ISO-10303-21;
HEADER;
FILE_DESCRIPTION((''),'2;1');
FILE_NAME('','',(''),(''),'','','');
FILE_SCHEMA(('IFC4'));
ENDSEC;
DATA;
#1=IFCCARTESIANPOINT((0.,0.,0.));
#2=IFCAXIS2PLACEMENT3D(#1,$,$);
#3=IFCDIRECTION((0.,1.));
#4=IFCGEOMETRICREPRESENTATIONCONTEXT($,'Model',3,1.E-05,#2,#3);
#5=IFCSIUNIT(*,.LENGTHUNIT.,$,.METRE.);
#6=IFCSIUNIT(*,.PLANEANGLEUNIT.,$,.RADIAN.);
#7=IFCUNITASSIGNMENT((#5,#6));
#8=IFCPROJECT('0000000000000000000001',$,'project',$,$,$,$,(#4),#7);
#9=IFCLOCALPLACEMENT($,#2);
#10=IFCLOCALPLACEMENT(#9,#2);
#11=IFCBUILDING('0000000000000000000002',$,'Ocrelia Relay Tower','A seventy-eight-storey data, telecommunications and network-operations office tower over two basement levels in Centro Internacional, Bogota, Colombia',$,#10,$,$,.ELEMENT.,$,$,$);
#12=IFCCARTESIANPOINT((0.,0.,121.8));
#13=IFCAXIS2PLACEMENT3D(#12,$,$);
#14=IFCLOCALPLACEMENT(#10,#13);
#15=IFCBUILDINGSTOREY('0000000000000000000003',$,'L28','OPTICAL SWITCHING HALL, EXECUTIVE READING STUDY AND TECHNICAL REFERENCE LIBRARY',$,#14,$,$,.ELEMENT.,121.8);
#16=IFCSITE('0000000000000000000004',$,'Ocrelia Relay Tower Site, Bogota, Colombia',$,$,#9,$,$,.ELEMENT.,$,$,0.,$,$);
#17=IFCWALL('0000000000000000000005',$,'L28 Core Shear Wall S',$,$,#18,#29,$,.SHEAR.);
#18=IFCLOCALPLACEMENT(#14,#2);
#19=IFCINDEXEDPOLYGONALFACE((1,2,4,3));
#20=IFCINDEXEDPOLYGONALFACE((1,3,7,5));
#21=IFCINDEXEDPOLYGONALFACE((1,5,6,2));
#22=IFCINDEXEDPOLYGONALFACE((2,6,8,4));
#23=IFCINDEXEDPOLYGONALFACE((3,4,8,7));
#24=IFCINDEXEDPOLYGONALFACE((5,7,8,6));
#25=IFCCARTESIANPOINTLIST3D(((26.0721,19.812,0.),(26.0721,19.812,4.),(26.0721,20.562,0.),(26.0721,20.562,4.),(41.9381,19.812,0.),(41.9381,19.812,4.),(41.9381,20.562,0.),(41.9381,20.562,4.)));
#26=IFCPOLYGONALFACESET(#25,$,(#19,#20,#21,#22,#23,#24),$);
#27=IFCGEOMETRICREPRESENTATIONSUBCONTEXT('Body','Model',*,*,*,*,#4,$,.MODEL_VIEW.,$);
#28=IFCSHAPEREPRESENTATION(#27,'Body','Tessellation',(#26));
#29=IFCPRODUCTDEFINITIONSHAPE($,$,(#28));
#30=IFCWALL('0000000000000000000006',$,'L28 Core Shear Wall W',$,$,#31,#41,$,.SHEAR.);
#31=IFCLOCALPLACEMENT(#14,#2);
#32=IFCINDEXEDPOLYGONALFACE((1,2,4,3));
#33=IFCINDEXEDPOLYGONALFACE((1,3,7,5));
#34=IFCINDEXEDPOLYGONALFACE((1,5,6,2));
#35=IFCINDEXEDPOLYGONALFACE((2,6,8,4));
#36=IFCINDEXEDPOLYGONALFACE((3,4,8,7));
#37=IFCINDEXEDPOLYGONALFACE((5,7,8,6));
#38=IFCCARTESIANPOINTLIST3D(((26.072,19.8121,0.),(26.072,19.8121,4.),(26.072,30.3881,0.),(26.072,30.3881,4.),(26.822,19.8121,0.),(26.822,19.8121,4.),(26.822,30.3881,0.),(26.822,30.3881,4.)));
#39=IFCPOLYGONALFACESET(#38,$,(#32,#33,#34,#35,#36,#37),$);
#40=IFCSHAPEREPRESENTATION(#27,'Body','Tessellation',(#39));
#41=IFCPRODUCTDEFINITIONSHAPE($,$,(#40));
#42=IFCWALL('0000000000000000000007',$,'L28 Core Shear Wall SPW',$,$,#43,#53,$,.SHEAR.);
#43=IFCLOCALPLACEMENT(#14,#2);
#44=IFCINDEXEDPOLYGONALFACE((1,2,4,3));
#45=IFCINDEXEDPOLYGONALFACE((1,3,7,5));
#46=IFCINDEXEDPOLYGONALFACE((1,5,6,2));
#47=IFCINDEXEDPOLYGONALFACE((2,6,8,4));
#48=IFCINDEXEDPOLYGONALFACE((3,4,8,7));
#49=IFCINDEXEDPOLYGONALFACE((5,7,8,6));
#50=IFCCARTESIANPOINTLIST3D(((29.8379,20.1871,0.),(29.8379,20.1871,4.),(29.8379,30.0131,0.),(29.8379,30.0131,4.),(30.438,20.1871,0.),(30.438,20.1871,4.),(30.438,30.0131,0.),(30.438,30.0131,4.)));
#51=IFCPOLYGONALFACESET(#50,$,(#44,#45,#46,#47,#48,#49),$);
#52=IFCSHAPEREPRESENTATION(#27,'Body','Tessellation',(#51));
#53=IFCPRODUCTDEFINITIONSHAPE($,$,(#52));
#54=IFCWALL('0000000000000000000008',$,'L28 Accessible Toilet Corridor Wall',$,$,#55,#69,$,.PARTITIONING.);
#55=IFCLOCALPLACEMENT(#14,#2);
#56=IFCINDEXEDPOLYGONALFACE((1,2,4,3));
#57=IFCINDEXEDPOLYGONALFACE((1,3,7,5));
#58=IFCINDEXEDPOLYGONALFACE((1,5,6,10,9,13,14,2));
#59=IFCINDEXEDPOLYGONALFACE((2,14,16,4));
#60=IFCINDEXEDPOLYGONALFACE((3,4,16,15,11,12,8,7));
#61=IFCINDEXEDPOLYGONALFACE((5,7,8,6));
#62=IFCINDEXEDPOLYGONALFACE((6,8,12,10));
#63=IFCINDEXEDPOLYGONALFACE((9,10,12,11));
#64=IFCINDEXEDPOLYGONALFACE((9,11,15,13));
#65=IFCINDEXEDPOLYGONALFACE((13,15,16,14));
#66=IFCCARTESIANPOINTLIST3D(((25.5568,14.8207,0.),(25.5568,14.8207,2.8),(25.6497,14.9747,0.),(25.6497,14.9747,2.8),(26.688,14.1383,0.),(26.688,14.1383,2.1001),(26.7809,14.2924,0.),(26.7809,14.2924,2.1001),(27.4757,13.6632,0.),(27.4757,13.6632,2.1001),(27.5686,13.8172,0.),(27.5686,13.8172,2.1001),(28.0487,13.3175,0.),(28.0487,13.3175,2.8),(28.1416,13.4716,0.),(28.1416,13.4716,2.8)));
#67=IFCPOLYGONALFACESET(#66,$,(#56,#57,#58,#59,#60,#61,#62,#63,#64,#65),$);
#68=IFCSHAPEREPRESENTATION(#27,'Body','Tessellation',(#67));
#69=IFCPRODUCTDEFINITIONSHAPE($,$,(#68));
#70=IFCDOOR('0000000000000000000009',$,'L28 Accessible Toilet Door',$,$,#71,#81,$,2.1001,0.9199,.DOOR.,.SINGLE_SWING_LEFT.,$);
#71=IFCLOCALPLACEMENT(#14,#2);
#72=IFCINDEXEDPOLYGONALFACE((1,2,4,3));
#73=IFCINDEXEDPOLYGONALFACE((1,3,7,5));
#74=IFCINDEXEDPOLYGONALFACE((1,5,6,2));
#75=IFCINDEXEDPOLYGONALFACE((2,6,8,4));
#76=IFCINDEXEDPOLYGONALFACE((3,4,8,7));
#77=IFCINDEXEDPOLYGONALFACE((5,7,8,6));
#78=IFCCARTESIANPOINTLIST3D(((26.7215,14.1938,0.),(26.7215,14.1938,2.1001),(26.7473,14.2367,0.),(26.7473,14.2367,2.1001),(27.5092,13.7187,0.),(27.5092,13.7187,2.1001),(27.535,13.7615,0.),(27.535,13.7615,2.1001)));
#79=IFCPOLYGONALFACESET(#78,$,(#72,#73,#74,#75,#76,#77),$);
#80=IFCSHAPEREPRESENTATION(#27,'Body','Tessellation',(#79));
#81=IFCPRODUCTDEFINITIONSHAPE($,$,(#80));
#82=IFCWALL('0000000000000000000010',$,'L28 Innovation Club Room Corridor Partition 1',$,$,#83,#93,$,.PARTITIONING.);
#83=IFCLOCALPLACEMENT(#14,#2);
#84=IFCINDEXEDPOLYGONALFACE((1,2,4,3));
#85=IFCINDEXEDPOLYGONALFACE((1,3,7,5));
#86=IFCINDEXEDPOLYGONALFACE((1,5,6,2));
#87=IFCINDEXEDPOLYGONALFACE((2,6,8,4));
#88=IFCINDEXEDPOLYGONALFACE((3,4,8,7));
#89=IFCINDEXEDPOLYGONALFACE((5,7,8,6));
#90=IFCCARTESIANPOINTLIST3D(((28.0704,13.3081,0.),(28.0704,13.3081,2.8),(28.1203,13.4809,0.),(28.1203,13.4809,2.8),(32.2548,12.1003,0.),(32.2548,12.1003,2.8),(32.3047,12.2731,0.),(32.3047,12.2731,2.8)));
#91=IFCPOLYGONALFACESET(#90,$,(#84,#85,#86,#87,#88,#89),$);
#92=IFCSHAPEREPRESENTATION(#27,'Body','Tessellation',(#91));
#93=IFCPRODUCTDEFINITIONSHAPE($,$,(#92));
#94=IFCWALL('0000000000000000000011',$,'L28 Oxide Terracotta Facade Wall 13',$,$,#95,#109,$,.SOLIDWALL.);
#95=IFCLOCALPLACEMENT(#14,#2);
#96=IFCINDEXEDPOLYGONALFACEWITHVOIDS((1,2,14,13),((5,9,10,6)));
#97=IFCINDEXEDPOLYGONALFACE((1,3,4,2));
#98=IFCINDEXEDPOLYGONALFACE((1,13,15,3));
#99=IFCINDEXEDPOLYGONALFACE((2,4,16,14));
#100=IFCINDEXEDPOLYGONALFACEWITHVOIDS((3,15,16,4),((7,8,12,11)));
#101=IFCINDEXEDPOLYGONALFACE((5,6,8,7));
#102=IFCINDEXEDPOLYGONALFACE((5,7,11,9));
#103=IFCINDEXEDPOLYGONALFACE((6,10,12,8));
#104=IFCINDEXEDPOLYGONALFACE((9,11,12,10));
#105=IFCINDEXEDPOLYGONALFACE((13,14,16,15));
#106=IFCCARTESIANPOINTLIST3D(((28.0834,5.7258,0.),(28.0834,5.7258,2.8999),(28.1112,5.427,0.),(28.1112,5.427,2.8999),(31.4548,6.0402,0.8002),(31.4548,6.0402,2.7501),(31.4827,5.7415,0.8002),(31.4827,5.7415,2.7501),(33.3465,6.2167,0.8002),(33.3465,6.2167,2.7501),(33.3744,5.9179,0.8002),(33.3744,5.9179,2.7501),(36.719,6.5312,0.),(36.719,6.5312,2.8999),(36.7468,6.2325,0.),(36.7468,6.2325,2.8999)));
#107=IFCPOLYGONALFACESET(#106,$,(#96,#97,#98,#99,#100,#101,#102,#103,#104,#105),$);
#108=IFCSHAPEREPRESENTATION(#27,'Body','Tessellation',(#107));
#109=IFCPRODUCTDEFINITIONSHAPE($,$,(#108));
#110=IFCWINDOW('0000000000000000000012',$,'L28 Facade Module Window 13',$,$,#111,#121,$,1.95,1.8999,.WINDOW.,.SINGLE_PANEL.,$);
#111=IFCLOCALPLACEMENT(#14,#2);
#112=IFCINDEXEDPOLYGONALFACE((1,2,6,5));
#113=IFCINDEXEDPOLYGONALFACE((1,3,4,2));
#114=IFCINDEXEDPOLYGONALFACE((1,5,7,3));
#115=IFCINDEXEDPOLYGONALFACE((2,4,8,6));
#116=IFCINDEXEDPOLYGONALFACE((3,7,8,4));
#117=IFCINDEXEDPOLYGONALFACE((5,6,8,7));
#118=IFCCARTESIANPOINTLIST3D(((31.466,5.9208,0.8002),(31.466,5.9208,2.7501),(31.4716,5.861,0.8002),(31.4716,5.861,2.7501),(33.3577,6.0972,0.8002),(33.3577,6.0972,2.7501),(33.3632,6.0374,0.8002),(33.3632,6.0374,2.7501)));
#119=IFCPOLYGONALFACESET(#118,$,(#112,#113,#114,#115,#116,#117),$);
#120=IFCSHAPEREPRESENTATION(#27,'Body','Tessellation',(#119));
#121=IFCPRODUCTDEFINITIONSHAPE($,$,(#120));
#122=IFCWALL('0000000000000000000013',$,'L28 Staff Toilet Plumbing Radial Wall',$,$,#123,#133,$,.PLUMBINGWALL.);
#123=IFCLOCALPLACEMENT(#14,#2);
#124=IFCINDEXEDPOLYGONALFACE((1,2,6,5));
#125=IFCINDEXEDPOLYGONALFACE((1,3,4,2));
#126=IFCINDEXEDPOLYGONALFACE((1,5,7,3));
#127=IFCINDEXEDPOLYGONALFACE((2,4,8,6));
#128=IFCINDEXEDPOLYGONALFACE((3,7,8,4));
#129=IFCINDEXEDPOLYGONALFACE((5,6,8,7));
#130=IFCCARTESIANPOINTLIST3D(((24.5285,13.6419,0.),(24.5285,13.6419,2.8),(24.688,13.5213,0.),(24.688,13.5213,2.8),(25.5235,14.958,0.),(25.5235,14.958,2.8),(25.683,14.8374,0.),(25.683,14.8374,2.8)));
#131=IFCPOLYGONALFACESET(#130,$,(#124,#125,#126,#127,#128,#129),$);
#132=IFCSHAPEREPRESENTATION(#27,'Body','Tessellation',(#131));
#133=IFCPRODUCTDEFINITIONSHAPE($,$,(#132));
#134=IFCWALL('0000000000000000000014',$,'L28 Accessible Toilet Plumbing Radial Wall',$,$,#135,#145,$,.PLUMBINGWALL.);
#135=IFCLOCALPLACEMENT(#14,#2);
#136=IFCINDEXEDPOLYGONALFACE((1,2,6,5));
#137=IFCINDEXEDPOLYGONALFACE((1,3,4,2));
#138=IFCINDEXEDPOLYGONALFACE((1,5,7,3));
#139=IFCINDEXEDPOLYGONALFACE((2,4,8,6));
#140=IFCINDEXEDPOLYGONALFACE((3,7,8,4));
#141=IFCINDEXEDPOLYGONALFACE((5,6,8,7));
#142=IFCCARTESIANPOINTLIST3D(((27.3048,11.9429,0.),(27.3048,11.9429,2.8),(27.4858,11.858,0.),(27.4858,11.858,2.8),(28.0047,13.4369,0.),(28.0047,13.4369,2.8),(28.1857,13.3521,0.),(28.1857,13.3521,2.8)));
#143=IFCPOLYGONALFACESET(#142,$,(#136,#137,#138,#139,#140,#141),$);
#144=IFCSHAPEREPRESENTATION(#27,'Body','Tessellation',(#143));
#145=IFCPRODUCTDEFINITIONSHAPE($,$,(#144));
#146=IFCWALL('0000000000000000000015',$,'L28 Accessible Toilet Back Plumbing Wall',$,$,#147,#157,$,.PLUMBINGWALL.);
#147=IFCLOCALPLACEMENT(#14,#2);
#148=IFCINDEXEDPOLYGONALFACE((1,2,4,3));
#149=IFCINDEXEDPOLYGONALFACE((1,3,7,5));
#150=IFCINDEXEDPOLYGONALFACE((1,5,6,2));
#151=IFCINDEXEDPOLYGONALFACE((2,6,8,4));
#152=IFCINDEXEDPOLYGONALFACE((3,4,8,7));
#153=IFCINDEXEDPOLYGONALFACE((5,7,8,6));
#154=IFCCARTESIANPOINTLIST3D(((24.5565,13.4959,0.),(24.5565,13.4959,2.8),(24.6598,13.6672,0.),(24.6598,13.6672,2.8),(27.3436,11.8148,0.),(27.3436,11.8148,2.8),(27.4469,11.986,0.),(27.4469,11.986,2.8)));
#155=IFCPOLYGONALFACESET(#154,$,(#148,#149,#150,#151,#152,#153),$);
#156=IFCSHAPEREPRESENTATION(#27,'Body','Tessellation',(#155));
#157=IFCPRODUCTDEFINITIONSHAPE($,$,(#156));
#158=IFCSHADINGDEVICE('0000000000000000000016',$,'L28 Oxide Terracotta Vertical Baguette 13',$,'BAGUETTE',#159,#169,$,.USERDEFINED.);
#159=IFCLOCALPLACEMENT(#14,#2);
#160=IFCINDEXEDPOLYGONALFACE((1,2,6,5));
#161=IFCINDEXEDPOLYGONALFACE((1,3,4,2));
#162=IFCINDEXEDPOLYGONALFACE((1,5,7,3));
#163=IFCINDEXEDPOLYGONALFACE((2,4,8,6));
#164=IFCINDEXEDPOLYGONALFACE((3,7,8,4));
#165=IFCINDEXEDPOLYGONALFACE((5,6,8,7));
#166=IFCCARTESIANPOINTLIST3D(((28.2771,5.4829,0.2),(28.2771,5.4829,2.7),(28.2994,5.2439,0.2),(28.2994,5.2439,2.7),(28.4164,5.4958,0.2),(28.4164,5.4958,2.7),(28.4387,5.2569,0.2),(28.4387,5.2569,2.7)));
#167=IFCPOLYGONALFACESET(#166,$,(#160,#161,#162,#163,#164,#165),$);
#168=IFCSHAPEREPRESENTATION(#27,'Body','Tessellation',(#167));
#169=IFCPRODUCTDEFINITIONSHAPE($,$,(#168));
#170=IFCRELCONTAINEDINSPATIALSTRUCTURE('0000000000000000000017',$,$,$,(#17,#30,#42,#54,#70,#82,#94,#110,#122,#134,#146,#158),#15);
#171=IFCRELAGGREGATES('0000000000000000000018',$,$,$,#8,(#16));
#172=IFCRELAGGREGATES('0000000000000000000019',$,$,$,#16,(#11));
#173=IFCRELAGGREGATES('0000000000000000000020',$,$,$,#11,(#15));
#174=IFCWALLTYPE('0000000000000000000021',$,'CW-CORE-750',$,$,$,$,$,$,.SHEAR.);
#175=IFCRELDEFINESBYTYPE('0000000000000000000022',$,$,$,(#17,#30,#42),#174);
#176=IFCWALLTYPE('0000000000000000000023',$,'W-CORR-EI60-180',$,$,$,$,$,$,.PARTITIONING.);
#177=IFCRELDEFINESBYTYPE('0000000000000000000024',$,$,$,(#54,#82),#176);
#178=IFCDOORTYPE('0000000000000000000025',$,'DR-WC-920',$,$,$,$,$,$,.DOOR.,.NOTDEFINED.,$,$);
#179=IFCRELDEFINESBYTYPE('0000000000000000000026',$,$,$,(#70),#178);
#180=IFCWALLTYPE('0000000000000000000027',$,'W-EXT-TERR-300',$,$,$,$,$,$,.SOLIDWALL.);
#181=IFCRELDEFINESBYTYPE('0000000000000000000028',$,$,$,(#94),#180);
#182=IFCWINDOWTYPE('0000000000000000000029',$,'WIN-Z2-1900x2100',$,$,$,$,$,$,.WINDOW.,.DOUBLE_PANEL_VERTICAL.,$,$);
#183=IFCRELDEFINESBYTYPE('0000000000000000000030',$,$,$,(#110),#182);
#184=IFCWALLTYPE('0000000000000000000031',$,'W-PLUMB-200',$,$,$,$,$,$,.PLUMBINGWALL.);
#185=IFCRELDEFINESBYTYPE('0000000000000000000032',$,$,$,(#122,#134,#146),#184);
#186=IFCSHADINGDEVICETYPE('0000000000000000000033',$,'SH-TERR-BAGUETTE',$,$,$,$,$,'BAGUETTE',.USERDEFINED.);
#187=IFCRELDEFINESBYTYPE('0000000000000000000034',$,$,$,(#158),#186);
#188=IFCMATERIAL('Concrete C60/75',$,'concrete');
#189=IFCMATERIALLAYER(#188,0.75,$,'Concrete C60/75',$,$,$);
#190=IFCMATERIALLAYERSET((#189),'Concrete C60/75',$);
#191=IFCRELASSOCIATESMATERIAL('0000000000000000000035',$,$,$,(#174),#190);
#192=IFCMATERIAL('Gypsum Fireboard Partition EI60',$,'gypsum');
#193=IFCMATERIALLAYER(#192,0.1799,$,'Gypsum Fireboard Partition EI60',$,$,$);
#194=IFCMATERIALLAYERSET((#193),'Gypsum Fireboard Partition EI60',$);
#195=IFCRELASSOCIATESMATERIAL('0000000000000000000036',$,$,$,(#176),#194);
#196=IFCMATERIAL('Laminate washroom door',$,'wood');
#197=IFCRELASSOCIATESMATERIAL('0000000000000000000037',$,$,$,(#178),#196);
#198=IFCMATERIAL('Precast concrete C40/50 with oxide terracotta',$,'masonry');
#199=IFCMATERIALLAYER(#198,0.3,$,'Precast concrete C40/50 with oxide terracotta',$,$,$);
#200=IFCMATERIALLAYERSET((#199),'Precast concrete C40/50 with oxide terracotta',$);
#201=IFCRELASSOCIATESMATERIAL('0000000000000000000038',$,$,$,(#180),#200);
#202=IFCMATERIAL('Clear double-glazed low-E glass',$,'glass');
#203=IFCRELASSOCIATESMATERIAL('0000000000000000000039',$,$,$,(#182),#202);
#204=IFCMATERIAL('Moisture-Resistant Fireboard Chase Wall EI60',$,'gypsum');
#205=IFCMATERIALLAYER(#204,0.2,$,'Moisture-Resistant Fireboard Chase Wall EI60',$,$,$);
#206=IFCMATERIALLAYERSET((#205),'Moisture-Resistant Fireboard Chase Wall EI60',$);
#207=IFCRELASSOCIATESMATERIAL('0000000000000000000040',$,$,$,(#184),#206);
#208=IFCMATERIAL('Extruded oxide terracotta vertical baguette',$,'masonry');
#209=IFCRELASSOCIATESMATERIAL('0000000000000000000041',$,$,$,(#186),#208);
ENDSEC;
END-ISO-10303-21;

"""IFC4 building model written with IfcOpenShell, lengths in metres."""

from ifc_helpers import new_model, si_unit, direction, frame, frame_2d, origin, origin_2d, place, context, subcontext, project, spatial, rectangle, extrude, material, layer, layer_set, type_object, element, fill, save


model = new_model("IFC4")

# Units and contexts
model_context = context("Model", 3, precision=1e-05, world=origin(), true_north=direction((0.0, 1.0)))
body_context = subcontext(model_context, "Body", "Model", "MODEL_VIEW")
ifc_project = project(units=[si_unit("LENGTHUNIT", "METRE"), si_unit("PLANEANGLEUNIT", "RADIAN")], contexts=[model_context])

# Site, building, storey
site_placement = place(None, origin())
site = spatial("IfcSite", under=ifc_project, at=site_placement, Name="Ocrelia Relay Tower Site, Bogota, Colombia", CompositionType="ELEMENT", RefElevation=0.0)
building_placement = place(site_placement, origin())
building = spatial("IfcBuilding", under=site, at=building_placement, Name="Ocrelia Relay Tower", Description="A seventy-eight-storey data, telecommunications and network-operations office tower over two basement levels in Centro Internacional, Bogota, Colombia", CompositionType="ELEMENT")
storey_placement = place(building_placement, frame((0.0, 0.0, 121.8)))
storey = spatial("IfcBuildingStorey", under=building, at=storey_placement, Name="L28", Description="OPTICAL SWITCHING HALL, EXECUTIVE READING STUDY AND TECHNICAL REFERENCE LIBRARY", CompositionType="ELEMENT", Elevation=121.8)

# Shared definitions
ifc_material_1 = material(Name="Concrete C60/75", Category="concrete")

# Walls
ifc_layer_1 = layer(ifc_material_1, 0.75, Name="Concrete C60/75")
ifc_layer_set_1 = layer_set([ifc_layer_1], Name="Concrete C60/75")
wall_type_1 = type_object("IfcWallType", Name="CW-CORE-750", PredefinedType="SHEAR", material=ifc_layer_set_1)
wall_1_placement = place(storey_placement, frame((26.072, 20.187, 0.0), z_axis=(0.0, 0.0, 1.0), x_axis=(1.0, 0.0, 0.0)))
element("IfcWall", 1, at=wall_1_placement, inside=storey, type_object=wall_type_1, Name="L28 Core Shear Wall S", PredefinedType="SHEAR", context=body_context, shape_type="SweptSolid", body=[
    extrude(rectangle(XDim=15.866, YDim=0.75, at=frame_2d((7.9331, 0.0))), origin(), (0.0, 0.0, 1.0), 4.0),
])
wall_2_placement = place(storey_placement, frame((26.447, 19.812, 0.0), z_axis=(0.0, 0.0, 1.0), x_axis=(0.0, 1.0, 0.0)))
element("IfcWall", 2, at=wall_2_placement, inside=storey, type_object=wall_type_1, Name="L28 Core Shear Wall W", PredefinedType="SHEAR", context=body_context, shape_type="SweptSolid", body=[
    extrude(rectangle(XDim=10.5759, YDim=0.75, at=frame_2d((5.2881, 0.0))), origin(), (0.0, 0.0, 1.0), 4.0),
])
wall_3_placement = place(storey_placement, frame((30.1379, 20.187, 0.0), z_axis=(0.0, 0.0, 1.0), x_axis=(0.0, 1.0, 0.0)))
element("IfcWall", 3, at=wall_3_placement, inside=storey, type_object=wall_type_1, Name="L28 Core Shear Wall SPW", PredefinedType="SHEAR", context=body_context, shape_type="SweptSolid", body=[
    extrude(rectangle(XDim=9.8259, YDim=0.6001, at=frame_2d((4.9131, 0.0))), origin(), (0.0, 0.0, 1.0), 4.0),
])

# Wall, opening, door
ifc_material_2 = material(Name="Gypsum Fireboard Partition EI60", Category="gypsum")
ifc_layer_2 = layer(ifc_material_2, 0.1799, Name="Gypsum Fireboard Partition EI60")
ifc_layer_set_2 = layer_set([ifc_layer_2], Name="Gypsum Fireboard Partition EI60")
wall_type_2 = type_object("IfcWallType", Name="W-CORR-EI60-180", PredefinedType="PARTITIONING", material=ifc_layer_set_2)
wall_4_placement = place(storey_placement, frame((25.6033, 14.8977, 0.0), z_axis=(0.0, 0.0, 1.0), x_axis=(0.856277, -0.516518, 0.0)))
wall_4 = element("IfcWall", 4, at=wall_4_placement, inside=storey, type_object=wall_type_2, Name="L28 Accessible Toilet Corridor Wall", PredefinedType="PARTITIONING", context=body_context, shape_type="SweptSolid", body=[
    extrude(rectangle(XDim=2.9102, YDim=0.1799, at=frame_2d((1.4551, 0.0))), origin(), (0.0, 0.0, 1.0), 2.8),
])
opening_1_placement = place(wall_4_placement, frame((1.321, 0.0, 0.0)))
opening_1 = element("IfcOpeningElement", 5, at=opening_1_placement, cuts=wall_4, PredefinedType="OPENING", context=body_context, shape_type="SweptSolid", body=[
    extrude(rectangle(XDim=0.9199, YDim=2.1001, at=frame_2d((0.46, 1.05))), frame((0.0, 0.1001, 0.0), z_axis=(0.0, -1.0, 0.0), x_axis=(1.0, 0.0, 0.0)), (0.0, 0.0, 1.0), 0.2),
])
ifc_material_3 = material(Name="Laminate washroom door", Category="wood")
door_type = type_object("IfcDoorType", Name="DR-WC-920", OperationType="NOTDEFINED", PredefinedType="DOOR", material=ifc_material_3)
door_placement = place(opening_1_placement, origin())
door = element("IfcDoor", 6, at=door_placement, inside=storey, type_object=door_type, Name="L28 Accessible Toilet Door", OperationType="SINGLE_SWING_LEFT", OverallHeight=2.1001, OverallWidth=0.9199, PredefinedType="DOOR", context=body_context, shape_type="SweptSolid", body=[
    extrude(rectangle(XDim=0.9199, YDim=2.1001, at=frame_2d((0.46, 1.05))), frame((0.0, 0.0249, 0.0), z_axis=(0.0, -1.0, 0.0), x_axis=(1.0, 0.0, 0.0)), (0.0, 0.0, 1.0), 0.05),
])
fill(opening_1, door)

# Wall
wall_5_placement = place(storey_placement, frame((28.0952, 13.3945, 0.0), z_axis=(0.0, 0.0, 1.0), x_axis=(0.960778, -0.277319, 0.0)))
element("IfcWall", 7, at=wall_5_placement, inside=storey, type_object=wall_type_2, Name="L28 Innovation Club Room Corridor Partition 1", PredefinedType="PARTITIONING", context=body_context, shape_type="SweptSolid", body=[
    extrude(rectangle(XDim=4.3552, YDim=0.1799, at=frame_2d((2.1777, 0.0))), origin(), (0.0, 0.0, 1.0), 2.8),
])

# Wall, opening, window
ifc_material_4 = material(Name="Precast concrete C40/50 with oxide terracotta", Category="masonry")
ifc_layer_3 = layer(ifc_material_4, 0.3, Name="Precast concrete C40/50 with oxide terracotta")
ifc_layer_set_3 = layer_set([ifc_layer_3], Name="Precast concrete C40/50 with oxide terracotta")
wall_type_3 = type_object("IfcWallType", Name="W-EXT-TERR-300", PredefinedType="SOLIDWALL", material=ifc_layer_set_3)
wall_6_placement = place(storey_placement, frame((28.0974, 5.5764, 0.0), z_axis=(0.0, 0.0, 1.0), x_axis=(0.995679, 0.092865, 0.0)))
wall_6 = element("IfcWall", 8, at=wall_6_placement, inside=storey, type_object=wall_type_3, Name="L28 Oxide Terracotta Facade Wall 13", PredefinedType="SOLIDWALL", context=body_context, shape_type="SweptSolid", body=[
    extrude(rectangle(XDim=8.6731, YDim=0.3, at=frame_2d((4.3364, 0.0))), origin(), (0.0, 0.0, 1.0), 2.8999),
])
opening_2_placement = place(wall_6_placement, frame((3.386, 0.0, 0.8)))
opening_2 = element("IfcOpeningElement", 9, at=opening_2_placement, cuts=wall_6, PredefinedType="OPENING", context=body_context, shape_type="SweptSolid", body=[
    extrude(rectangle(XDim=1.8999, YDim=1.95, at=frame_2d((0.95, 0.9751))), frame((0.0, 0.1602, 0.0), z_axis=(0.0, -1.0, 0.0), x_axis=(1.0, 0.0, 0.0)), (0.0, 0.0, 1.0), 0.3201),
])
ifc_material_5 = material(Name="Clear double-glazed low-E glass", Category="glass")
window_type = type_object("IfcWindowType", Name="WIN-Z2-1900x2100", PartitioningType="DOUBLE_PANEL_VERTICAL", PredefinedType="WINDOW", material=ifc_material_5)
window_placement = place(opening_2_placement, origin())
window = element("IfcWindow", 10, at=window_placement, inside=storey, type_object=window_type, Name="L28 Facade Module Window 13", OverallHeight=1.95, OverallWidth=1.8999, PartitioningType="SINGLE_PANEL", PredefinedType="WINDOW", context=body_context, shape_type="SweptSolid", body=[
    extrude(rectangle(XDim=1.8999, YDim=1.95, at=frame_2d((0.95, 0.9751))), frame((0.0, 0.03, 0.0), z_axis=(0.0, -1.0, 0.0), x_axis=(1.0, 0.0, 0.0)), (0.0, 0.0, 1.0), 0.0601),
])
fill(opening_2, window)

# Walls
ifc_material_6 = material(Name="Moisture-Resistant Fireboard Chase Wall EI60", Category="gypsum")
ifc_layer_4 = layer(ifc_material_6, 0.2, Name="Moisture-Resistant Fireboard Chase Wall EI60")
ifc_layer_set_4 = layer_set([ifc_layer_4], Name="Moisture-Resistant Fireboard Chase Wall EI60")
wall_type_4 = type_object("IfcWallType", Name="W-PLUMB-200", PredefinedType="PLUMBINGWALL", material=ifc_layer_set_4)
for number, where, z_axis, x_axis, name in (
    (11, (25.6033, 14.8977, 0.0), (0.0, 0.0, 1.0), (-0.603097, -0.797668, 0.0), "L28 Staff Toilet Plumbing Radial Wall"),
    (12, (28.0952, 13.3945, 0.0), (0.0, 0.0, 1.0), (-0.424222, -0.905558, 0.0), "L28 Accessible Toilet Plumbing Radial Wall"),
):
    element("IfcWall", number, at=place(storey_placement, frame(where, z_axis=z_axis, x_axis=x_axis)), inside=storey, type_object=wall_type_4, Name=name, PredefinedType="PLUMBINGWALL", context=body_context, shape_type="SweptSolid", body=[
        extrude(rectangle(XDim=1.6499, YDim=0.2, at=frame_2d((0.825, 0.0))), origin(), (0.0, 0.0, 1.0), 2.8),
    ])
wall_7_placement = place(storey_placement, frame((24.6082, 13.5815, 0.0), z_axis=(0.0, 0.0, 1.0), x_axis=(0.856286, -0.516502, 0.0)))
element("IfcWall", 13, at=wall_7_placement, inside=storey, type_object=wall_type_4, Name="L28 Accessible Toilet Back Plumbing Wall", PredefinedType="PLUMBINGWALL", context=body_context, shape_type="SweptSolid", body=[
    extrude(rectangle(XDim=3.2549, YDim=0.2, at=frame_2d((1.6274, 0.0))), origin(), (0.0, 0.0, 1.0), 2.8),
])

# Shading device
ifc_material_7 = material(Name="Extruded oxide terracotta vertical baguette", Category="masonry")
shading_device_type_1 = type_object("IfcShadingDeviceType", Name="SH-TERR-BAGUETTE", ElementType="BAGUETTE", PredefinedType="USERDEFINED", material=ifc_material_7)
shading_device_1_placement = place(storey_placement, frame((28.3579, 5.3699, 0.2), z_axis=(0.0, 0.0, 1.0), x_axis=(0.995679, 0.092864, 0.0)))
element("IfcShadingDevice", 14, at=shading_device_1_placement, inside=storey, type_object=shading_device_type_1, Name="L28 Oxide Terracotta Vertical Baguette 13", ObjectType="BAGUETTE", PredefinedType="USERDEFINED", context=body_context, shape_type="SweptSolid", body=[
    extrude(rectangle(XDim=0.1399, YDim=0.24, at=origin_2d()), origin(), (0.0, 0.0, 1.0), 2.5),
])

save(model, "model.ifc")
